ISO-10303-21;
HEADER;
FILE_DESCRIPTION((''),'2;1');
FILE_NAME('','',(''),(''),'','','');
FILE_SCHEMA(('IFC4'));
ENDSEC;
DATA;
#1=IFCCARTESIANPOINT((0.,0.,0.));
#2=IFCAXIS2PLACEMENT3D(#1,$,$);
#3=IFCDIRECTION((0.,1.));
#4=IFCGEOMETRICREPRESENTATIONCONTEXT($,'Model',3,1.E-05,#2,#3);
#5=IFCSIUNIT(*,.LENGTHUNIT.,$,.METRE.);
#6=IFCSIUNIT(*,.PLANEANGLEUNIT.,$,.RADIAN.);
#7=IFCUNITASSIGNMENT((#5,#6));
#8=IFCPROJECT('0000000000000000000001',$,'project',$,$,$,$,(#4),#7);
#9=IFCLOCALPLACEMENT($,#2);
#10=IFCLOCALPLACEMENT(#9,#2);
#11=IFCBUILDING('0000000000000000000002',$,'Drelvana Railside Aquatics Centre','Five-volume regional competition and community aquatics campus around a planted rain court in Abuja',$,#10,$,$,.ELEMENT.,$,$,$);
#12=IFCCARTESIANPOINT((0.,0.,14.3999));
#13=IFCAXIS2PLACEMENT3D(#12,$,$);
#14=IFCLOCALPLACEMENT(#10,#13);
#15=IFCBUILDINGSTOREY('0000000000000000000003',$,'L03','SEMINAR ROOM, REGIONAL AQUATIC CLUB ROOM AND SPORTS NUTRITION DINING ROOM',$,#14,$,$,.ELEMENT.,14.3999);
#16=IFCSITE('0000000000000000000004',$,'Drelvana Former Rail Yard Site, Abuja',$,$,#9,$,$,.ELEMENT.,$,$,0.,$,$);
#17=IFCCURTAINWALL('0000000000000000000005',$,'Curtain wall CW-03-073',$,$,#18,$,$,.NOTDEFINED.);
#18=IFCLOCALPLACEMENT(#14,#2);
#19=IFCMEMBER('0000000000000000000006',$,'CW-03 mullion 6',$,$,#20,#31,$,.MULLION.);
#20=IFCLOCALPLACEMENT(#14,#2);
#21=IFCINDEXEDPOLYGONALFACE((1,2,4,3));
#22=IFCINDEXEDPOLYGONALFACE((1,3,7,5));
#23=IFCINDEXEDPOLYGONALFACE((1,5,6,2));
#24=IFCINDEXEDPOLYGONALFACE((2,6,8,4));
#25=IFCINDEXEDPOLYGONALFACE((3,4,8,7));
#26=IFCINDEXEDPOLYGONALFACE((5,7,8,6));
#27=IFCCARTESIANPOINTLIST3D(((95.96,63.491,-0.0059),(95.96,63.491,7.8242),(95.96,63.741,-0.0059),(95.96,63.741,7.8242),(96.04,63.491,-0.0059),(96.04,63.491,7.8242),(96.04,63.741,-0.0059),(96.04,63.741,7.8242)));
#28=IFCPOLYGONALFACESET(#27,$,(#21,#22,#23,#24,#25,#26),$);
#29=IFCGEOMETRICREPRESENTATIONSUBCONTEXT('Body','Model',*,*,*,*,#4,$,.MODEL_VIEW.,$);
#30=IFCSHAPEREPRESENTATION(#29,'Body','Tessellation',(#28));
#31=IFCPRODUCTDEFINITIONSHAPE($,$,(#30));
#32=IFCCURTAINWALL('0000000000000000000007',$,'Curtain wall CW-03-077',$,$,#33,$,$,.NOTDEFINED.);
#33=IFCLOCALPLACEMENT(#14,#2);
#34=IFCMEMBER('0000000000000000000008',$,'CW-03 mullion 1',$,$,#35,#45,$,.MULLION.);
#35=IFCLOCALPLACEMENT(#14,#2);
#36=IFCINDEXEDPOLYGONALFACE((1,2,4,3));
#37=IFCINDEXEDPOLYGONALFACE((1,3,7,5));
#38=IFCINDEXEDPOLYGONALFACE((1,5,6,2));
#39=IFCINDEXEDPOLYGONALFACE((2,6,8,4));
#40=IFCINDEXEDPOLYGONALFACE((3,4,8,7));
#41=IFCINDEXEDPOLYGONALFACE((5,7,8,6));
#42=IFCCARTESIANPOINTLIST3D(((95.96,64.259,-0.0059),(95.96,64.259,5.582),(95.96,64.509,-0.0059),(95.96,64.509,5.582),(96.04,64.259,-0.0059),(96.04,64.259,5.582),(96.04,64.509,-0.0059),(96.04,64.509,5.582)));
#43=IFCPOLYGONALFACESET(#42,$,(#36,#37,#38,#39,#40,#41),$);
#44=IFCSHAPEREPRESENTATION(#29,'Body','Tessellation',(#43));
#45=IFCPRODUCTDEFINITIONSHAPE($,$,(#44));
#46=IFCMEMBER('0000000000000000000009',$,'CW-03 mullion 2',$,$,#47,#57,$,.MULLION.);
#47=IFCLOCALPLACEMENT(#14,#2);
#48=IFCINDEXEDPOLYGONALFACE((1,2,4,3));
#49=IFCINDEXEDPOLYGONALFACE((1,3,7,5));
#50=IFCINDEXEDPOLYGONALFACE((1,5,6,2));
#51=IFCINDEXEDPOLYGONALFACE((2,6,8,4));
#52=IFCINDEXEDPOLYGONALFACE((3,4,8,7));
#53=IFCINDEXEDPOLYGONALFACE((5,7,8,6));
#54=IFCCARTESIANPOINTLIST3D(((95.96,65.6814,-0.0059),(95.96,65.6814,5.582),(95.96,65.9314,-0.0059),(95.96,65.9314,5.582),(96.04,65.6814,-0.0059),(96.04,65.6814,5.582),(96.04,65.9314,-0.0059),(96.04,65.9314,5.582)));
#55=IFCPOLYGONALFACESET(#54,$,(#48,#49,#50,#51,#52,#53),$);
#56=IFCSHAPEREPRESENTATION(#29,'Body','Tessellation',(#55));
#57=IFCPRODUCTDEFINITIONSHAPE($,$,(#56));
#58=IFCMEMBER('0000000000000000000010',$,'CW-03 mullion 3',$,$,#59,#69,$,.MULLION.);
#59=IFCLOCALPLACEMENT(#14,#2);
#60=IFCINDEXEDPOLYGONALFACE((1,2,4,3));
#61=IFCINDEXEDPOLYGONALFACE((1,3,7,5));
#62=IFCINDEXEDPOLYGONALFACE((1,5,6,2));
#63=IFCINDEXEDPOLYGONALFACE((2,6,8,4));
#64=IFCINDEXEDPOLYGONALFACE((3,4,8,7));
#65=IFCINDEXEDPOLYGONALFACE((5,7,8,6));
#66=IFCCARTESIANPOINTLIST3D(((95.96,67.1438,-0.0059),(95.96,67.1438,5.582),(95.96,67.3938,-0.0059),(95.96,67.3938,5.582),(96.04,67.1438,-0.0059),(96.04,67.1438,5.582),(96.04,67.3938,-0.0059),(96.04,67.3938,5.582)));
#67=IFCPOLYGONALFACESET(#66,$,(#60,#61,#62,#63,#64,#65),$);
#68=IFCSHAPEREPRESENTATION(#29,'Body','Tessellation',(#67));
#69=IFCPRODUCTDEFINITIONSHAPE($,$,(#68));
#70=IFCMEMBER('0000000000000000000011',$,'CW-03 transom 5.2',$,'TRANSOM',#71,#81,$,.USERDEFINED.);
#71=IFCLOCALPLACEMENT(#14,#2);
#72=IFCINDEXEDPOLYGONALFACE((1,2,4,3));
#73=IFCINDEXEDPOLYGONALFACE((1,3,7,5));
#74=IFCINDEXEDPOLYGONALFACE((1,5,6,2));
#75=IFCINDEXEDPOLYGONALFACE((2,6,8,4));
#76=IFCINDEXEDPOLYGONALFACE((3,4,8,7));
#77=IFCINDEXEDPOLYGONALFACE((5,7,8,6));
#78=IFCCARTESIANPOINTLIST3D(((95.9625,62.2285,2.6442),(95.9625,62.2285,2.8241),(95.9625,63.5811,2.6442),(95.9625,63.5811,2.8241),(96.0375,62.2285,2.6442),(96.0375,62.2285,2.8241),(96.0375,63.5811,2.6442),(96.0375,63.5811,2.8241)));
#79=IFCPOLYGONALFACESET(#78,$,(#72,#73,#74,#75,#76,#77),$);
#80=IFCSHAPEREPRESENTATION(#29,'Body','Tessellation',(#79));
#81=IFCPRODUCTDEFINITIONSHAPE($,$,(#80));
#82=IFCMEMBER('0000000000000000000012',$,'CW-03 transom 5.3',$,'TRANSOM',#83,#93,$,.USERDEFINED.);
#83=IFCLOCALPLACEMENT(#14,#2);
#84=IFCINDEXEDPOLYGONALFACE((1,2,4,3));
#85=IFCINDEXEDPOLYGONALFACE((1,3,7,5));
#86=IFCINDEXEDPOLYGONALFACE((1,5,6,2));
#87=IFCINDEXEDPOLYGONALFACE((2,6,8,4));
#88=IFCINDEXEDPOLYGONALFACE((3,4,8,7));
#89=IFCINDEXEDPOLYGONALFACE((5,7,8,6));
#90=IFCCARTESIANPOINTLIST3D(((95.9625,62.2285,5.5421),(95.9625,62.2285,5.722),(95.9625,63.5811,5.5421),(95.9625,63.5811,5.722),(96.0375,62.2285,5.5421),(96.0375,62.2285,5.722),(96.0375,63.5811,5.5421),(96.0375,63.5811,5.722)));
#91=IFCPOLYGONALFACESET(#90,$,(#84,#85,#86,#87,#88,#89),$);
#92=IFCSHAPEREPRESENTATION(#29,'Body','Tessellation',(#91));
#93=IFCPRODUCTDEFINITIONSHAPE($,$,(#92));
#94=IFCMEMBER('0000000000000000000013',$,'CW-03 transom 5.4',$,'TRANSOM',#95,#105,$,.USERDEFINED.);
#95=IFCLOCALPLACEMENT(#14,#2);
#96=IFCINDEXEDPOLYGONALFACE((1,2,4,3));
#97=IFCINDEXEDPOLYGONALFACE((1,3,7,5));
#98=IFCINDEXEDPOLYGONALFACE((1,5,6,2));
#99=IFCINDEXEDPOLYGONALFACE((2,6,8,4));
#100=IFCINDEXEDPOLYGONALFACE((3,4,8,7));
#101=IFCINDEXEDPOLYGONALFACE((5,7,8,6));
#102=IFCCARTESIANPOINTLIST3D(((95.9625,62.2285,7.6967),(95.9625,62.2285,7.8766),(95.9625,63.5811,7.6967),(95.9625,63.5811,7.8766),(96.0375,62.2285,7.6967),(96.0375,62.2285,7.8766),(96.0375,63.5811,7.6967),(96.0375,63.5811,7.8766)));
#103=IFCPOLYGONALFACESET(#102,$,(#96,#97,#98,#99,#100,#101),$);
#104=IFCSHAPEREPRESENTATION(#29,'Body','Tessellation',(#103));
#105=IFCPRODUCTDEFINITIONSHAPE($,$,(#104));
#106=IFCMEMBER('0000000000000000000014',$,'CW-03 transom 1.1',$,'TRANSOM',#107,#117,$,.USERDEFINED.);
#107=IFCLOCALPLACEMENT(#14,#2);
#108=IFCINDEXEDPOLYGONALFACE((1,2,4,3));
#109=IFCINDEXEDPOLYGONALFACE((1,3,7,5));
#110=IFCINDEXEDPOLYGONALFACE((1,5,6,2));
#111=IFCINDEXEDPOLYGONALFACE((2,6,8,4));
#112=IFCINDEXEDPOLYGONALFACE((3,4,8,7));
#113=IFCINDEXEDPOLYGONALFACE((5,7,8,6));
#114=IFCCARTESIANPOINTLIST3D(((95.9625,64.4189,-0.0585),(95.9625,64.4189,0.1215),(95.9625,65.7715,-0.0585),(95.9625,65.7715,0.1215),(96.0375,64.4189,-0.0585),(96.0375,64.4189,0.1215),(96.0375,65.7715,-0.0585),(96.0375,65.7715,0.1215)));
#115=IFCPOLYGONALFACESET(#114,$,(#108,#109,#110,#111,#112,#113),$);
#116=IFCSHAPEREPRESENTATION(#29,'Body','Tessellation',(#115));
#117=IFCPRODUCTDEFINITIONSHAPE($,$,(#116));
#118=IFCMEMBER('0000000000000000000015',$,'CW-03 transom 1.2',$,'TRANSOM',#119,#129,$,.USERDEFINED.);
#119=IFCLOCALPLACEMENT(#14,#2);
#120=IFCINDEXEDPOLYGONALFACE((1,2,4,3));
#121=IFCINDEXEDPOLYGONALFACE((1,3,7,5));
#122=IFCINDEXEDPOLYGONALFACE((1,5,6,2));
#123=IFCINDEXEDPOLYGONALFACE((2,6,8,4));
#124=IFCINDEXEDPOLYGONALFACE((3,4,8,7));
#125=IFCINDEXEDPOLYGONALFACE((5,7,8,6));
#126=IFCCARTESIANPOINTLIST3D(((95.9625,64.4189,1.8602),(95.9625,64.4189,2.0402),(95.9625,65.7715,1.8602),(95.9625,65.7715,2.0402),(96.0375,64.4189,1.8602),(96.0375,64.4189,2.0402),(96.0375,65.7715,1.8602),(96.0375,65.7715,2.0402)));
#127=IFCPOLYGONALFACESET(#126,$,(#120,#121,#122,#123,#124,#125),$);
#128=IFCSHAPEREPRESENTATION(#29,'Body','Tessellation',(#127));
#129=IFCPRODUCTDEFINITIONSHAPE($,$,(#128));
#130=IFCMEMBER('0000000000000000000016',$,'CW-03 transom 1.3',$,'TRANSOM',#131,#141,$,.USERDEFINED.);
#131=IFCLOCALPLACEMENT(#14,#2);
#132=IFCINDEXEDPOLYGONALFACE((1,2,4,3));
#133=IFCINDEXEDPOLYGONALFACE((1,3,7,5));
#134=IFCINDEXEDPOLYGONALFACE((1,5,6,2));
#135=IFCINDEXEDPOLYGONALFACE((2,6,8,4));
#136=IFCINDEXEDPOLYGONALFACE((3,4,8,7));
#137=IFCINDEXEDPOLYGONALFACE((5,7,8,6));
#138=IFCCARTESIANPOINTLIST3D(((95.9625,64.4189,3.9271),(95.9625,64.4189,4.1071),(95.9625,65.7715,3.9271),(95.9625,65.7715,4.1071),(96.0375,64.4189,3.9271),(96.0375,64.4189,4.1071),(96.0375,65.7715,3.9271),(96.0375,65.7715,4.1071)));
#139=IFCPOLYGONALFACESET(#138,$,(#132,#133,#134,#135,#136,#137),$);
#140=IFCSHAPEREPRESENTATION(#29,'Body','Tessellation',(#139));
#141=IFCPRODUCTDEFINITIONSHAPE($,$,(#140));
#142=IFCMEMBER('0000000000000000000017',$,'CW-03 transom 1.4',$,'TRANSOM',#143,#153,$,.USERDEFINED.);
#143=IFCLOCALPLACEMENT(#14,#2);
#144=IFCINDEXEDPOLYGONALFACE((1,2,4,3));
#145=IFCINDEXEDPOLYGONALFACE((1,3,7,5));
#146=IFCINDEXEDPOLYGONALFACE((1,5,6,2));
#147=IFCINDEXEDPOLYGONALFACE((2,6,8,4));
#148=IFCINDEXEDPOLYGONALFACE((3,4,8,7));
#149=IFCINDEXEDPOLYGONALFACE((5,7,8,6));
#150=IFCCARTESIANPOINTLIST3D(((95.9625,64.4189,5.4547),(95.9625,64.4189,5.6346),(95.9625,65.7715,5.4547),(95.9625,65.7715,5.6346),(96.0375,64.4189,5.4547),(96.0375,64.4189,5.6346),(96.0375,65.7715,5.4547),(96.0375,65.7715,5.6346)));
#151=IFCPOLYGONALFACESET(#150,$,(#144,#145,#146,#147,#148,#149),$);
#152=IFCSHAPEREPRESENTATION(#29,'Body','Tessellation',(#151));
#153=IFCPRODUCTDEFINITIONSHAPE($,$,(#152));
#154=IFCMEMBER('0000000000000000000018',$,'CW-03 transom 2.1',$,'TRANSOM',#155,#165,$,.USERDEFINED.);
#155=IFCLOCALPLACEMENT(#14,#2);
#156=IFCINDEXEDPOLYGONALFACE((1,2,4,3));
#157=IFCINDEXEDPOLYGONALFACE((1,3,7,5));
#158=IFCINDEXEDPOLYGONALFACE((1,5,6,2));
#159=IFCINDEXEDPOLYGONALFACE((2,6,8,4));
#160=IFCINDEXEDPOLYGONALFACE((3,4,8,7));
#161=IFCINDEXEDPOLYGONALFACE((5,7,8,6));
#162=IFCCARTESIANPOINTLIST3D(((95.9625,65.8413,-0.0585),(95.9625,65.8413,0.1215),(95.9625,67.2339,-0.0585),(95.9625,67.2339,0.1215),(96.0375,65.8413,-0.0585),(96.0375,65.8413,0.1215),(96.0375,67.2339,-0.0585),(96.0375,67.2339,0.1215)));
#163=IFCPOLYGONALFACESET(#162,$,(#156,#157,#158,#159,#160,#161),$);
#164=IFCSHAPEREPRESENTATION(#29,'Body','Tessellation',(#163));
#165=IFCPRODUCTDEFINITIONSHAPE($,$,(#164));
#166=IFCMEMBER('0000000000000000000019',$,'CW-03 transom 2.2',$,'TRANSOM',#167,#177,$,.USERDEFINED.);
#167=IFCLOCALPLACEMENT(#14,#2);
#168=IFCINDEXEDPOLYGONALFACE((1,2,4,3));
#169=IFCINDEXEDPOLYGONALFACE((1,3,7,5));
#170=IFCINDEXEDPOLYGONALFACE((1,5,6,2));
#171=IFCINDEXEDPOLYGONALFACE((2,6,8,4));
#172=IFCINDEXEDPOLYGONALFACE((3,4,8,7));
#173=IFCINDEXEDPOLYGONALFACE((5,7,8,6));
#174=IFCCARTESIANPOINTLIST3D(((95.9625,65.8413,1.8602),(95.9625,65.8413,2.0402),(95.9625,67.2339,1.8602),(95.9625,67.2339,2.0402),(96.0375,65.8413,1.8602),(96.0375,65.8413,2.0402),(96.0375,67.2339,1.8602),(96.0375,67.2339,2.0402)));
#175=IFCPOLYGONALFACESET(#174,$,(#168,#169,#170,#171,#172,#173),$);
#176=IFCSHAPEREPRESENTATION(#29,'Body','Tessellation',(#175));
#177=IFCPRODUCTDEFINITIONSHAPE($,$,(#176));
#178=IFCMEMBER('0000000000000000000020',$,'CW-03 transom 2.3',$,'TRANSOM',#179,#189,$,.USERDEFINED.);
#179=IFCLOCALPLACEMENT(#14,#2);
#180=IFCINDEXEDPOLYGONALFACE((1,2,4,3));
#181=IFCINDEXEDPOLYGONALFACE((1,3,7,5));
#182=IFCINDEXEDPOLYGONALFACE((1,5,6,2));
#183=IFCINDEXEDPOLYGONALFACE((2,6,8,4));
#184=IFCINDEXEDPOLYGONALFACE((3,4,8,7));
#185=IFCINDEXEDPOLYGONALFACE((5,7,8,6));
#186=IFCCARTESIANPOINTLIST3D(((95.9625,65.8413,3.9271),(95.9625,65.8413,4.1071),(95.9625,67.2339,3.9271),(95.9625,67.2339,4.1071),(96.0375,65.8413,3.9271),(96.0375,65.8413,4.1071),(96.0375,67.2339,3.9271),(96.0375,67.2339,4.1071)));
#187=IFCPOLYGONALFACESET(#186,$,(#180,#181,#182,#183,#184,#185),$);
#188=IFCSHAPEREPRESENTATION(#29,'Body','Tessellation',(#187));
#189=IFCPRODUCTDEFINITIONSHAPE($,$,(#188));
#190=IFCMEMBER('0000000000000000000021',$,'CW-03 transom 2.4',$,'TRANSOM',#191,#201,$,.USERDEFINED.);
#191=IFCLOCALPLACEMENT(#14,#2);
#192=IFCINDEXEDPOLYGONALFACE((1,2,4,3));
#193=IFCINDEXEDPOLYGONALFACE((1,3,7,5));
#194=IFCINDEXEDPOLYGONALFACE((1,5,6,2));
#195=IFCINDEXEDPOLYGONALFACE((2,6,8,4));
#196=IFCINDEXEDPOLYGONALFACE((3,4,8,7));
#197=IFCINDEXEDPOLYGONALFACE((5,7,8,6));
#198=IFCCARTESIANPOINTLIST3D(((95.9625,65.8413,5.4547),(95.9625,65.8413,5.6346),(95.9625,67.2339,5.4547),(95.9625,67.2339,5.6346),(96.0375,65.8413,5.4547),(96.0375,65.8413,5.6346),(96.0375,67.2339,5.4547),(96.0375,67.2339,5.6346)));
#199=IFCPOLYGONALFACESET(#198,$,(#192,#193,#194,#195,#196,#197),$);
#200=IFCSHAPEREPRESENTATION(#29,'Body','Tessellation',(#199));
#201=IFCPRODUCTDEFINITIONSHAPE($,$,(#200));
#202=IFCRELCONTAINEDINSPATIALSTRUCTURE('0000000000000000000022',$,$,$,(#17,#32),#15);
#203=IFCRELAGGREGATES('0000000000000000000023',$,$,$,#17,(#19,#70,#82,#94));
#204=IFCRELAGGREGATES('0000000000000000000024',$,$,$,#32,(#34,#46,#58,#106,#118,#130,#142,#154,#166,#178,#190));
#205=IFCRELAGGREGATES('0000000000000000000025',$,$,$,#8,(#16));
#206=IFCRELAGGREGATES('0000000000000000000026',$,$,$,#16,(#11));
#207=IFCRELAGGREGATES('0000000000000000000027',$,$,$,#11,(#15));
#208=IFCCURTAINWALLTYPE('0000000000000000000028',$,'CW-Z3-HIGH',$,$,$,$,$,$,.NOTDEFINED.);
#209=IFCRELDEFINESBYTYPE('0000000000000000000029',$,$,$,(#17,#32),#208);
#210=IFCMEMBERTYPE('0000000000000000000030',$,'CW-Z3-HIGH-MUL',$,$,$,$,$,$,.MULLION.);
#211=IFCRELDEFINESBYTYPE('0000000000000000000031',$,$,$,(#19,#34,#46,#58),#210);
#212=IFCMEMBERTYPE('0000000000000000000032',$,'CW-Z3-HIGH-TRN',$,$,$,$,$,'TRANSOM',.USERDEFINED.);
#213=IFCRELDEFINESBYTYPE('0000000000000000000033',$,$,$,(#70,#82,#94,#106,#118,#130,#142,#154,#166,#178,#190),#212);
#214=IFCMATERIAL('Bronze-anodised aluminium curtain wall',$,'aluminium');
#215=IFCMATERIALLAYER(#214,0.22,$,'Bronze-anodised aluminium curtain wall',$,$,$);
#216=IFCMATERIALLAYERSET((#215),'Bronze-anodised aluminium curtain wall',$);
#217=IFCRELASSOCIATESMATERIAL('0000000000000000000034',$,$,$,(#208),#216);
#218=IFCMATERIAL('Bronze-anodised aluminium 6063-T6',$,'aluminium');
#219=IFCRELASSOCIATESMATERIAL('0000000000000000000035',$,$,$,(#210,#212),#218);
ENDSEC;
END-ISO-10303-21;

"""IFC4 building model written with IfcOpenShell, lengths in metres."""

from ifc_helpers import new_model, si_unit, direction, frame, origin, origin_2d, place, context, subcontext, project, spatial, rectangle, extrude, material, layer, layer_set, material_profile, profile_set, type_object, element, aggregate, save


model = new_model("IFC4")

# Units and contexts
model_context = context("Model", 3, precision=1e-05, world=origin(), true_north=direction((0.0, 1.0)))
body_context = subcontext(model_context, "Body", "Model", "MODEL_VIEW")
ifc_project = project(units=[si_unit("LENGTHUNIT", "METRE"), si_unit("PLANEANGLEUNIT", "RADIAN")], contexts=[model_context])

# Site, building, storey
site_placement = place(None, origin())
site = spatial("IfcSite", under=ifc_project, at=site_placement, Name="Drelvana Former Rail Yard Site, Abuja", CompositionType="ELEMENT", RefElevation=0.0)
building_placement = place(site_placement, origin())
building = spatial("IfcBuilding", under=site, at=building_placement, Name="Drelvana Railside Aquatics Centre", Description="Five-volume regional competition and community aquatics campus around a planted rain court in Abuja", CompositionType="ELEMENT")
storey_placement = place(building_placement, frame((0.0, 0.0, 14.3999)))
storey = spatial("IfcBuildingStorey", under=building, at=storey_placement, Name="L03", Description="SEMINAR ROOM, REGIONAL AQUATIC CLUB ROOM AND SPORTS NUTRITION DINING ROOM", CompositionType="ELEMENT", Elevation=14.3999)

# Curtain wall, member
ifc_material_1 = material(Name="Bronze-anodised aluminium curtain wall", Category="aluminium")
ifc_layer_1 = layer(ifc_material_1, 0.22, Name="Bronze-anodised aluminium curtain wall")
ifc_layer_set_1 = layer_set([ifc_layer_1], Name="Bronze-anodised aluminium curtain wall")
curtain_wall_type = type_object("IfcCurtainWallType", Name="CW-Z3-HIGH", PredefinedType="NOTDEFINED", material=ifc_layer_set_1)
curtain_wall_1_placement = place(storey_placement, origin())
curtain_wall_1 = element("IfcCurtainWall", 1, at=curtain_wall_1_placement, inside=storey, type_object=curtain_wall_type, Name="Curtain wall CW-03-073", PredefinedType="NOTDEFINED")
ifc_material_2 = material(Name="Bronze-anodised aluminium 6063-T6", Category="aluminium")
ifc_material_profile_1 = material_profile(ifc_material_2, rectangle(XDim=0.0801, YDim=0.25, at=origin_2d()), Name="ALU-M 80x250")
ifc_profile_set_1 = profile_set([ifc_material_profile_1], Name="Bronze-anodised aluminium 6063-T6")
member_type_1 = type_object("IfcMemberType", Name="CW-Z3-HIGH-MUL", PredefinedType="MULLION", material=ifc_profile_set_1)
member_1_placement = place(storey_placement, frame((96.0, 63.616, -0.0059), z_axis=(0.0, 0.0, 1.0), x_axis=(-1.0, 0.0, 0.0)))
member_1 = element("IfcMember", 2, at=member_1_placement, type_object=member_type_1, Name="CW-03 mullion 6", PredefinedType="MULLION", context=body_context, shape_type="SweptSolid", body=[
    extrude(rectangle(XDim=0.0801, YDim=0.25, at=origin_2d()), origin(), (0.0, 0.0, 1.0), 7.8301),
])

# Curtain wall, members
curtain_wall_2_placement = place(storey_placement, origin())
curtain_wall_2 = element("IfcCurtainWall", 3, at=curtain_wall_2_placement, inside=storey, type_object=curtain_wall_type, Name="Curtain wall CW-03-077", PredefinedType="NOTDEFINED")
member_2_placement = place(storey_placement, frame((96.0, 64.384, -0.0059), z_axis=(0.0, 0.0, 1.0), x_axis=(-1.0, 0.0, 0.0)))
member_2 = element("IfcMember", 4, at=member_2_placement, type_object=member_type_1, Name="CW-03 mullion 1", PredefinedType="MULLION", context=body_context, shape_type="SweptSolid", body=[
    extrude(rectangle(XDim=0.0801, YDim=0.25, at=origin_2d()), origin(), (0.0, 0.0, 1.0), 5.5879),
])
member_3_placement = place(storey_placement, frame((96.0, 65.8064, -0.0059), z_axis=(0.0, 0.0, 1.0), x_axis=(-1.0, 0.0, 0.0)))
member_3 = element("IfcMember", 5, at=member_3_placement, type_object=member_type_1, Name="CW-03 mullion 2", PredefinedType="MULLION", context=body_context, shape_type="SweptSolid", body=[
    extrude(rectangle(XDim=0.0801, YDim=0.25, at=origin_2d()), origin(), (0.0, 0.0, 1.0), 5.5879),
])
member_4_placement = place(storey_placement, frame((96.0, 67.2688, -0.0059), z_axis=(0.0, 0.0, 1.0), x_axis=(-1.0, 0.0, 0.0)))
member_4 = element("IfcMember", 6, at=member_4_placement, type_object=member_type_1, Name="CW-03 mullion 3", PredefinedType="MULLION", context=body_context, shape_type="SweptSolid", body=[
    extrude(rectangle(XDim=0.0801, YDim=0.25, at=origin_2d()), origin(), (0.0, 0.0, 1.0), 5.5879),
])

# Members
ifc_material_profile_2 = material_profile(ifc_material_2, rectangle(XDim=0.1799, YDim=0.075, at=origin_2d()), Name="ALU-T 75x180")
ifc_profile_set_2 = profile_set([ifc_material_profile_2], Name="Bronze-anodised aluminium 6063-T6")
member_type_2 = type_object("IfcMemberType", Name="CW-Z3-HIGH-TRN", ElementType="TRANSOM", PredefinedType="USERDEFINED", material=ifc_profile_set_2)
member_5_placement = place(storey_placement, frame((96.0, 62.2285, 2.7341), z_axis=(0.0, 1.0, 0.0), x_axis=(0.0, 0.0, 1.0)))
member_5 = element("IfcMember", 7, at=member_5_placement, type_object=member_type_2, Name="CW-03 transom 5.2", ObjectType="TRANSOM", PredefinedType="USERDEFINED", context=body_context, shape_type="SweptSolid", body=[
    extrude(rectangle(XDim=0.1799, YDim=0.075, at=origin_2d()), origin(), (0.0, 0.0, 1.0), 1.3525),
])
member_6_placement = place(storey_placement, frame((96.0, 62.2285, 5.6321), z_axis=(0.0, 1.0, 0.0), x_axis=(0.0, 0.0, 1.0)))
member_6 = element("IfcMember", 8, at=member_6_placement, type_object=member_type_2, Name="CW-03 transom 5.3", ObjectType="TRANSOM", PredefinedType="USERDEFINED", context=body_context, shape_type="SweptSolid", body=[
    extrude(rectangle(XDim=0.1799, YDim=0.075, at=origin_2d()), origin(), (0.0, 0.0, 1.0), 1.3525),
])
member_7_placement = place(storey_placement, frame((96.0, 62.2285, 7.7866), z_axis=(0.0, 1.0, 0.0), x_axis=(0.0, 0.0, 1.0)))
member_7 = element("IfcMember", 9, at=member_7_placement, type_object=member_type_2, Name="CW-03 transom 5.4", ObjectType="TRANSOM", PredefinedType="USERDEFINED", context=body_context, shape_type="SweptSolid", body=[
    extrude(rectangle(XDim=0.1799, YDim=0.075, at=origin_2d()), origin(), (0.0, 0.0, 1.0), 1.3525),
])
member_8_placement = place(storey_placement, frame((96.0, 64.4189, 0.0315), z_axis=(0.0, 1.0, 0.0), x_axis=(0.0, 0.0, 1.0)))
member_8 = element("IfcMember", 10, at=member_8_placement, type_object=member_type_2, Name="CW-03 transom 1.1", ObjectType="TRANSOM", PredefinedType="USERDEFINED", context=body_context, shape_type="SweptSolid", body=[
    extrude(rectangle(XDim=0.1799, YDim=0.075, at=origin_2d()), origin(), (0.0, 0.0, 1.0), 1.3525),
])
member_9_placement = place(storey_placement, frame((96.0, 64.4189, 1.9502), z_axis=(0.0, 1.0, 0.0), x_axis=(0.0, 0.0, 1.0)))
member_9 = element("IfcMember", 11, at=member_9_placement, type_object=member_type_2, Name="CW-03 transom 1.2", ObjectType="TRANSOM", PredefinedType="USERDEFINED", context=body_context, shape_type="SweptSolid", body=[
    extrude(rectangle(XDim=0.1799, YDim=0.075, at=origin_2d()), origin(), (0.0, 0.0, 1.0), 1.3525),
])
member_10_placement = place(storey_placement, frame((96.0, 64.4189, 4.0171), z_axis=(0.0, 1.0, 0.0), x_axis=(0.0, 0.0, 1.0)))
member_10 = element("IfcMember", 12, at=member_10_placement, type_object=member_type_2, Name="CW-03 transom 1.3", ObjectType="TRANSOM", PredefinedType="USERDEFINED", context=body_context, shape_type="SweptSolid", body=[
    extrude(rectangle(XDim=0.1799, YDim=0.075, at=origin_2d()), origin(), (0.0, 0.0, 1.0), 1.3525),
])
member_11_placement = place(storey_placement, frame((96.0, 64.4189, 5.5447), z_axis=(0.0, 1.0, 0.0), x_axis=(0.0, 0.0, 1.0)))
member_11 = element("IfcMember", 13, at=member_11_placement, type_object=member_type_2, Name="CW-03 transom 1.4", ObjectType="TRANSOM", PredefinedType="USERDEFINED", context=body_context, shape_type="SweptSolid", body=[
    extrude(rectangle(XDim=0.1799, YDim=0.075, at=origin_2d()), origin(), (0.0, 0.0, 1.0), 1.3525),
])
member_12_placement = place(storey_placement, frame((96.0, 65.8413, 0.0315), z_axis=(0.0, 1.0, 0.0), x_axis=(0.0, 0.0, 1.0)))
member_12 = element("IfcMember", 14, at=member_12_placement, type_object=member_type_2, Name="CW-03 transom 2.1", ObjectType="TRANSOM", PredefinedType="USERDEFINED", context=body_context, shape_type="SweptSolid", body=[
    extrude(rectangle(XDim=0.1799, YDim=0.075, at=origin_2d()), origin(), (0.0, 0.0, 1.0), 1.3926),
])
member_13_placement = place(storey_placement, frame((96.0, 65.8413, 1.9502), z_axis=(0.0, 1.0, 0.0), x_axis=(0.0, 0.0, 1.0)))
member_13 = element("IfcMember", 15, at=member_13_placement, type_object=member_type_2, Name="CW-03 transom 2.2", ObjectType="TRANSOM", PredefinedType="USERDEFINED", context=body_context, shape_type="SweptSolid", body=[
    extrude(rectangle(XDim=0.1799, YDim=0.075, at=origin_2d()), origin(), (0.0, 0.0, 1.0), 1.3926),
])
member_14_placement = place(storey_placement, frame((96.0, 65.8413, 4.0171), z_axis=(0.0, 1.0, 0.0), x_axis=(0.0, 0.0, 1.0)))
member_14 = element("IfcMember", 16, at=member_14_placement, type_object=member_type_2, Name="CW-03 transom 2.3", ObjectType="TRANSOM", PredefinedType="USERDEFINED", context=body_context, shape_type="SweptSolid", body=[
    extrude(rectangle(XDim=0.1799, YDim=0.075, at=origin_2d()), origin(), (0.0, 0.0, 1.0), 1.3926),
])
member_15_placement = place(storey_placement, frame((96.0, 65.8413, 5.5447), z_axis=(0.0, 1.0, 0.0), x_axis=(0.0, 0.0, 1.0)))
member_15 = element("IfcMember", 17, at=member_15_placement, type_object=member_type_2, Name="CW-03 transom 2.4", ObjectType="TRANSOM", PredefinedType="USERDEFINED", context=body_context, shape_type="SweptSolid", body=[
    extrude(rectangle(XDim=0.1799, YDim=0.075, at=origin_2d()), origin(), (0.0, 0.0, 1.0), 1.3926),
])

aggregate(curtain_wall_1, [member_1, member_5, member_6, member_7])
aggregate(curtain_wall_2, [member_2, member_3, member_4, member_8, member_9, member_10, member_11, member_12, member_13, member_14, member_15])

save(model, "model.ifc")
